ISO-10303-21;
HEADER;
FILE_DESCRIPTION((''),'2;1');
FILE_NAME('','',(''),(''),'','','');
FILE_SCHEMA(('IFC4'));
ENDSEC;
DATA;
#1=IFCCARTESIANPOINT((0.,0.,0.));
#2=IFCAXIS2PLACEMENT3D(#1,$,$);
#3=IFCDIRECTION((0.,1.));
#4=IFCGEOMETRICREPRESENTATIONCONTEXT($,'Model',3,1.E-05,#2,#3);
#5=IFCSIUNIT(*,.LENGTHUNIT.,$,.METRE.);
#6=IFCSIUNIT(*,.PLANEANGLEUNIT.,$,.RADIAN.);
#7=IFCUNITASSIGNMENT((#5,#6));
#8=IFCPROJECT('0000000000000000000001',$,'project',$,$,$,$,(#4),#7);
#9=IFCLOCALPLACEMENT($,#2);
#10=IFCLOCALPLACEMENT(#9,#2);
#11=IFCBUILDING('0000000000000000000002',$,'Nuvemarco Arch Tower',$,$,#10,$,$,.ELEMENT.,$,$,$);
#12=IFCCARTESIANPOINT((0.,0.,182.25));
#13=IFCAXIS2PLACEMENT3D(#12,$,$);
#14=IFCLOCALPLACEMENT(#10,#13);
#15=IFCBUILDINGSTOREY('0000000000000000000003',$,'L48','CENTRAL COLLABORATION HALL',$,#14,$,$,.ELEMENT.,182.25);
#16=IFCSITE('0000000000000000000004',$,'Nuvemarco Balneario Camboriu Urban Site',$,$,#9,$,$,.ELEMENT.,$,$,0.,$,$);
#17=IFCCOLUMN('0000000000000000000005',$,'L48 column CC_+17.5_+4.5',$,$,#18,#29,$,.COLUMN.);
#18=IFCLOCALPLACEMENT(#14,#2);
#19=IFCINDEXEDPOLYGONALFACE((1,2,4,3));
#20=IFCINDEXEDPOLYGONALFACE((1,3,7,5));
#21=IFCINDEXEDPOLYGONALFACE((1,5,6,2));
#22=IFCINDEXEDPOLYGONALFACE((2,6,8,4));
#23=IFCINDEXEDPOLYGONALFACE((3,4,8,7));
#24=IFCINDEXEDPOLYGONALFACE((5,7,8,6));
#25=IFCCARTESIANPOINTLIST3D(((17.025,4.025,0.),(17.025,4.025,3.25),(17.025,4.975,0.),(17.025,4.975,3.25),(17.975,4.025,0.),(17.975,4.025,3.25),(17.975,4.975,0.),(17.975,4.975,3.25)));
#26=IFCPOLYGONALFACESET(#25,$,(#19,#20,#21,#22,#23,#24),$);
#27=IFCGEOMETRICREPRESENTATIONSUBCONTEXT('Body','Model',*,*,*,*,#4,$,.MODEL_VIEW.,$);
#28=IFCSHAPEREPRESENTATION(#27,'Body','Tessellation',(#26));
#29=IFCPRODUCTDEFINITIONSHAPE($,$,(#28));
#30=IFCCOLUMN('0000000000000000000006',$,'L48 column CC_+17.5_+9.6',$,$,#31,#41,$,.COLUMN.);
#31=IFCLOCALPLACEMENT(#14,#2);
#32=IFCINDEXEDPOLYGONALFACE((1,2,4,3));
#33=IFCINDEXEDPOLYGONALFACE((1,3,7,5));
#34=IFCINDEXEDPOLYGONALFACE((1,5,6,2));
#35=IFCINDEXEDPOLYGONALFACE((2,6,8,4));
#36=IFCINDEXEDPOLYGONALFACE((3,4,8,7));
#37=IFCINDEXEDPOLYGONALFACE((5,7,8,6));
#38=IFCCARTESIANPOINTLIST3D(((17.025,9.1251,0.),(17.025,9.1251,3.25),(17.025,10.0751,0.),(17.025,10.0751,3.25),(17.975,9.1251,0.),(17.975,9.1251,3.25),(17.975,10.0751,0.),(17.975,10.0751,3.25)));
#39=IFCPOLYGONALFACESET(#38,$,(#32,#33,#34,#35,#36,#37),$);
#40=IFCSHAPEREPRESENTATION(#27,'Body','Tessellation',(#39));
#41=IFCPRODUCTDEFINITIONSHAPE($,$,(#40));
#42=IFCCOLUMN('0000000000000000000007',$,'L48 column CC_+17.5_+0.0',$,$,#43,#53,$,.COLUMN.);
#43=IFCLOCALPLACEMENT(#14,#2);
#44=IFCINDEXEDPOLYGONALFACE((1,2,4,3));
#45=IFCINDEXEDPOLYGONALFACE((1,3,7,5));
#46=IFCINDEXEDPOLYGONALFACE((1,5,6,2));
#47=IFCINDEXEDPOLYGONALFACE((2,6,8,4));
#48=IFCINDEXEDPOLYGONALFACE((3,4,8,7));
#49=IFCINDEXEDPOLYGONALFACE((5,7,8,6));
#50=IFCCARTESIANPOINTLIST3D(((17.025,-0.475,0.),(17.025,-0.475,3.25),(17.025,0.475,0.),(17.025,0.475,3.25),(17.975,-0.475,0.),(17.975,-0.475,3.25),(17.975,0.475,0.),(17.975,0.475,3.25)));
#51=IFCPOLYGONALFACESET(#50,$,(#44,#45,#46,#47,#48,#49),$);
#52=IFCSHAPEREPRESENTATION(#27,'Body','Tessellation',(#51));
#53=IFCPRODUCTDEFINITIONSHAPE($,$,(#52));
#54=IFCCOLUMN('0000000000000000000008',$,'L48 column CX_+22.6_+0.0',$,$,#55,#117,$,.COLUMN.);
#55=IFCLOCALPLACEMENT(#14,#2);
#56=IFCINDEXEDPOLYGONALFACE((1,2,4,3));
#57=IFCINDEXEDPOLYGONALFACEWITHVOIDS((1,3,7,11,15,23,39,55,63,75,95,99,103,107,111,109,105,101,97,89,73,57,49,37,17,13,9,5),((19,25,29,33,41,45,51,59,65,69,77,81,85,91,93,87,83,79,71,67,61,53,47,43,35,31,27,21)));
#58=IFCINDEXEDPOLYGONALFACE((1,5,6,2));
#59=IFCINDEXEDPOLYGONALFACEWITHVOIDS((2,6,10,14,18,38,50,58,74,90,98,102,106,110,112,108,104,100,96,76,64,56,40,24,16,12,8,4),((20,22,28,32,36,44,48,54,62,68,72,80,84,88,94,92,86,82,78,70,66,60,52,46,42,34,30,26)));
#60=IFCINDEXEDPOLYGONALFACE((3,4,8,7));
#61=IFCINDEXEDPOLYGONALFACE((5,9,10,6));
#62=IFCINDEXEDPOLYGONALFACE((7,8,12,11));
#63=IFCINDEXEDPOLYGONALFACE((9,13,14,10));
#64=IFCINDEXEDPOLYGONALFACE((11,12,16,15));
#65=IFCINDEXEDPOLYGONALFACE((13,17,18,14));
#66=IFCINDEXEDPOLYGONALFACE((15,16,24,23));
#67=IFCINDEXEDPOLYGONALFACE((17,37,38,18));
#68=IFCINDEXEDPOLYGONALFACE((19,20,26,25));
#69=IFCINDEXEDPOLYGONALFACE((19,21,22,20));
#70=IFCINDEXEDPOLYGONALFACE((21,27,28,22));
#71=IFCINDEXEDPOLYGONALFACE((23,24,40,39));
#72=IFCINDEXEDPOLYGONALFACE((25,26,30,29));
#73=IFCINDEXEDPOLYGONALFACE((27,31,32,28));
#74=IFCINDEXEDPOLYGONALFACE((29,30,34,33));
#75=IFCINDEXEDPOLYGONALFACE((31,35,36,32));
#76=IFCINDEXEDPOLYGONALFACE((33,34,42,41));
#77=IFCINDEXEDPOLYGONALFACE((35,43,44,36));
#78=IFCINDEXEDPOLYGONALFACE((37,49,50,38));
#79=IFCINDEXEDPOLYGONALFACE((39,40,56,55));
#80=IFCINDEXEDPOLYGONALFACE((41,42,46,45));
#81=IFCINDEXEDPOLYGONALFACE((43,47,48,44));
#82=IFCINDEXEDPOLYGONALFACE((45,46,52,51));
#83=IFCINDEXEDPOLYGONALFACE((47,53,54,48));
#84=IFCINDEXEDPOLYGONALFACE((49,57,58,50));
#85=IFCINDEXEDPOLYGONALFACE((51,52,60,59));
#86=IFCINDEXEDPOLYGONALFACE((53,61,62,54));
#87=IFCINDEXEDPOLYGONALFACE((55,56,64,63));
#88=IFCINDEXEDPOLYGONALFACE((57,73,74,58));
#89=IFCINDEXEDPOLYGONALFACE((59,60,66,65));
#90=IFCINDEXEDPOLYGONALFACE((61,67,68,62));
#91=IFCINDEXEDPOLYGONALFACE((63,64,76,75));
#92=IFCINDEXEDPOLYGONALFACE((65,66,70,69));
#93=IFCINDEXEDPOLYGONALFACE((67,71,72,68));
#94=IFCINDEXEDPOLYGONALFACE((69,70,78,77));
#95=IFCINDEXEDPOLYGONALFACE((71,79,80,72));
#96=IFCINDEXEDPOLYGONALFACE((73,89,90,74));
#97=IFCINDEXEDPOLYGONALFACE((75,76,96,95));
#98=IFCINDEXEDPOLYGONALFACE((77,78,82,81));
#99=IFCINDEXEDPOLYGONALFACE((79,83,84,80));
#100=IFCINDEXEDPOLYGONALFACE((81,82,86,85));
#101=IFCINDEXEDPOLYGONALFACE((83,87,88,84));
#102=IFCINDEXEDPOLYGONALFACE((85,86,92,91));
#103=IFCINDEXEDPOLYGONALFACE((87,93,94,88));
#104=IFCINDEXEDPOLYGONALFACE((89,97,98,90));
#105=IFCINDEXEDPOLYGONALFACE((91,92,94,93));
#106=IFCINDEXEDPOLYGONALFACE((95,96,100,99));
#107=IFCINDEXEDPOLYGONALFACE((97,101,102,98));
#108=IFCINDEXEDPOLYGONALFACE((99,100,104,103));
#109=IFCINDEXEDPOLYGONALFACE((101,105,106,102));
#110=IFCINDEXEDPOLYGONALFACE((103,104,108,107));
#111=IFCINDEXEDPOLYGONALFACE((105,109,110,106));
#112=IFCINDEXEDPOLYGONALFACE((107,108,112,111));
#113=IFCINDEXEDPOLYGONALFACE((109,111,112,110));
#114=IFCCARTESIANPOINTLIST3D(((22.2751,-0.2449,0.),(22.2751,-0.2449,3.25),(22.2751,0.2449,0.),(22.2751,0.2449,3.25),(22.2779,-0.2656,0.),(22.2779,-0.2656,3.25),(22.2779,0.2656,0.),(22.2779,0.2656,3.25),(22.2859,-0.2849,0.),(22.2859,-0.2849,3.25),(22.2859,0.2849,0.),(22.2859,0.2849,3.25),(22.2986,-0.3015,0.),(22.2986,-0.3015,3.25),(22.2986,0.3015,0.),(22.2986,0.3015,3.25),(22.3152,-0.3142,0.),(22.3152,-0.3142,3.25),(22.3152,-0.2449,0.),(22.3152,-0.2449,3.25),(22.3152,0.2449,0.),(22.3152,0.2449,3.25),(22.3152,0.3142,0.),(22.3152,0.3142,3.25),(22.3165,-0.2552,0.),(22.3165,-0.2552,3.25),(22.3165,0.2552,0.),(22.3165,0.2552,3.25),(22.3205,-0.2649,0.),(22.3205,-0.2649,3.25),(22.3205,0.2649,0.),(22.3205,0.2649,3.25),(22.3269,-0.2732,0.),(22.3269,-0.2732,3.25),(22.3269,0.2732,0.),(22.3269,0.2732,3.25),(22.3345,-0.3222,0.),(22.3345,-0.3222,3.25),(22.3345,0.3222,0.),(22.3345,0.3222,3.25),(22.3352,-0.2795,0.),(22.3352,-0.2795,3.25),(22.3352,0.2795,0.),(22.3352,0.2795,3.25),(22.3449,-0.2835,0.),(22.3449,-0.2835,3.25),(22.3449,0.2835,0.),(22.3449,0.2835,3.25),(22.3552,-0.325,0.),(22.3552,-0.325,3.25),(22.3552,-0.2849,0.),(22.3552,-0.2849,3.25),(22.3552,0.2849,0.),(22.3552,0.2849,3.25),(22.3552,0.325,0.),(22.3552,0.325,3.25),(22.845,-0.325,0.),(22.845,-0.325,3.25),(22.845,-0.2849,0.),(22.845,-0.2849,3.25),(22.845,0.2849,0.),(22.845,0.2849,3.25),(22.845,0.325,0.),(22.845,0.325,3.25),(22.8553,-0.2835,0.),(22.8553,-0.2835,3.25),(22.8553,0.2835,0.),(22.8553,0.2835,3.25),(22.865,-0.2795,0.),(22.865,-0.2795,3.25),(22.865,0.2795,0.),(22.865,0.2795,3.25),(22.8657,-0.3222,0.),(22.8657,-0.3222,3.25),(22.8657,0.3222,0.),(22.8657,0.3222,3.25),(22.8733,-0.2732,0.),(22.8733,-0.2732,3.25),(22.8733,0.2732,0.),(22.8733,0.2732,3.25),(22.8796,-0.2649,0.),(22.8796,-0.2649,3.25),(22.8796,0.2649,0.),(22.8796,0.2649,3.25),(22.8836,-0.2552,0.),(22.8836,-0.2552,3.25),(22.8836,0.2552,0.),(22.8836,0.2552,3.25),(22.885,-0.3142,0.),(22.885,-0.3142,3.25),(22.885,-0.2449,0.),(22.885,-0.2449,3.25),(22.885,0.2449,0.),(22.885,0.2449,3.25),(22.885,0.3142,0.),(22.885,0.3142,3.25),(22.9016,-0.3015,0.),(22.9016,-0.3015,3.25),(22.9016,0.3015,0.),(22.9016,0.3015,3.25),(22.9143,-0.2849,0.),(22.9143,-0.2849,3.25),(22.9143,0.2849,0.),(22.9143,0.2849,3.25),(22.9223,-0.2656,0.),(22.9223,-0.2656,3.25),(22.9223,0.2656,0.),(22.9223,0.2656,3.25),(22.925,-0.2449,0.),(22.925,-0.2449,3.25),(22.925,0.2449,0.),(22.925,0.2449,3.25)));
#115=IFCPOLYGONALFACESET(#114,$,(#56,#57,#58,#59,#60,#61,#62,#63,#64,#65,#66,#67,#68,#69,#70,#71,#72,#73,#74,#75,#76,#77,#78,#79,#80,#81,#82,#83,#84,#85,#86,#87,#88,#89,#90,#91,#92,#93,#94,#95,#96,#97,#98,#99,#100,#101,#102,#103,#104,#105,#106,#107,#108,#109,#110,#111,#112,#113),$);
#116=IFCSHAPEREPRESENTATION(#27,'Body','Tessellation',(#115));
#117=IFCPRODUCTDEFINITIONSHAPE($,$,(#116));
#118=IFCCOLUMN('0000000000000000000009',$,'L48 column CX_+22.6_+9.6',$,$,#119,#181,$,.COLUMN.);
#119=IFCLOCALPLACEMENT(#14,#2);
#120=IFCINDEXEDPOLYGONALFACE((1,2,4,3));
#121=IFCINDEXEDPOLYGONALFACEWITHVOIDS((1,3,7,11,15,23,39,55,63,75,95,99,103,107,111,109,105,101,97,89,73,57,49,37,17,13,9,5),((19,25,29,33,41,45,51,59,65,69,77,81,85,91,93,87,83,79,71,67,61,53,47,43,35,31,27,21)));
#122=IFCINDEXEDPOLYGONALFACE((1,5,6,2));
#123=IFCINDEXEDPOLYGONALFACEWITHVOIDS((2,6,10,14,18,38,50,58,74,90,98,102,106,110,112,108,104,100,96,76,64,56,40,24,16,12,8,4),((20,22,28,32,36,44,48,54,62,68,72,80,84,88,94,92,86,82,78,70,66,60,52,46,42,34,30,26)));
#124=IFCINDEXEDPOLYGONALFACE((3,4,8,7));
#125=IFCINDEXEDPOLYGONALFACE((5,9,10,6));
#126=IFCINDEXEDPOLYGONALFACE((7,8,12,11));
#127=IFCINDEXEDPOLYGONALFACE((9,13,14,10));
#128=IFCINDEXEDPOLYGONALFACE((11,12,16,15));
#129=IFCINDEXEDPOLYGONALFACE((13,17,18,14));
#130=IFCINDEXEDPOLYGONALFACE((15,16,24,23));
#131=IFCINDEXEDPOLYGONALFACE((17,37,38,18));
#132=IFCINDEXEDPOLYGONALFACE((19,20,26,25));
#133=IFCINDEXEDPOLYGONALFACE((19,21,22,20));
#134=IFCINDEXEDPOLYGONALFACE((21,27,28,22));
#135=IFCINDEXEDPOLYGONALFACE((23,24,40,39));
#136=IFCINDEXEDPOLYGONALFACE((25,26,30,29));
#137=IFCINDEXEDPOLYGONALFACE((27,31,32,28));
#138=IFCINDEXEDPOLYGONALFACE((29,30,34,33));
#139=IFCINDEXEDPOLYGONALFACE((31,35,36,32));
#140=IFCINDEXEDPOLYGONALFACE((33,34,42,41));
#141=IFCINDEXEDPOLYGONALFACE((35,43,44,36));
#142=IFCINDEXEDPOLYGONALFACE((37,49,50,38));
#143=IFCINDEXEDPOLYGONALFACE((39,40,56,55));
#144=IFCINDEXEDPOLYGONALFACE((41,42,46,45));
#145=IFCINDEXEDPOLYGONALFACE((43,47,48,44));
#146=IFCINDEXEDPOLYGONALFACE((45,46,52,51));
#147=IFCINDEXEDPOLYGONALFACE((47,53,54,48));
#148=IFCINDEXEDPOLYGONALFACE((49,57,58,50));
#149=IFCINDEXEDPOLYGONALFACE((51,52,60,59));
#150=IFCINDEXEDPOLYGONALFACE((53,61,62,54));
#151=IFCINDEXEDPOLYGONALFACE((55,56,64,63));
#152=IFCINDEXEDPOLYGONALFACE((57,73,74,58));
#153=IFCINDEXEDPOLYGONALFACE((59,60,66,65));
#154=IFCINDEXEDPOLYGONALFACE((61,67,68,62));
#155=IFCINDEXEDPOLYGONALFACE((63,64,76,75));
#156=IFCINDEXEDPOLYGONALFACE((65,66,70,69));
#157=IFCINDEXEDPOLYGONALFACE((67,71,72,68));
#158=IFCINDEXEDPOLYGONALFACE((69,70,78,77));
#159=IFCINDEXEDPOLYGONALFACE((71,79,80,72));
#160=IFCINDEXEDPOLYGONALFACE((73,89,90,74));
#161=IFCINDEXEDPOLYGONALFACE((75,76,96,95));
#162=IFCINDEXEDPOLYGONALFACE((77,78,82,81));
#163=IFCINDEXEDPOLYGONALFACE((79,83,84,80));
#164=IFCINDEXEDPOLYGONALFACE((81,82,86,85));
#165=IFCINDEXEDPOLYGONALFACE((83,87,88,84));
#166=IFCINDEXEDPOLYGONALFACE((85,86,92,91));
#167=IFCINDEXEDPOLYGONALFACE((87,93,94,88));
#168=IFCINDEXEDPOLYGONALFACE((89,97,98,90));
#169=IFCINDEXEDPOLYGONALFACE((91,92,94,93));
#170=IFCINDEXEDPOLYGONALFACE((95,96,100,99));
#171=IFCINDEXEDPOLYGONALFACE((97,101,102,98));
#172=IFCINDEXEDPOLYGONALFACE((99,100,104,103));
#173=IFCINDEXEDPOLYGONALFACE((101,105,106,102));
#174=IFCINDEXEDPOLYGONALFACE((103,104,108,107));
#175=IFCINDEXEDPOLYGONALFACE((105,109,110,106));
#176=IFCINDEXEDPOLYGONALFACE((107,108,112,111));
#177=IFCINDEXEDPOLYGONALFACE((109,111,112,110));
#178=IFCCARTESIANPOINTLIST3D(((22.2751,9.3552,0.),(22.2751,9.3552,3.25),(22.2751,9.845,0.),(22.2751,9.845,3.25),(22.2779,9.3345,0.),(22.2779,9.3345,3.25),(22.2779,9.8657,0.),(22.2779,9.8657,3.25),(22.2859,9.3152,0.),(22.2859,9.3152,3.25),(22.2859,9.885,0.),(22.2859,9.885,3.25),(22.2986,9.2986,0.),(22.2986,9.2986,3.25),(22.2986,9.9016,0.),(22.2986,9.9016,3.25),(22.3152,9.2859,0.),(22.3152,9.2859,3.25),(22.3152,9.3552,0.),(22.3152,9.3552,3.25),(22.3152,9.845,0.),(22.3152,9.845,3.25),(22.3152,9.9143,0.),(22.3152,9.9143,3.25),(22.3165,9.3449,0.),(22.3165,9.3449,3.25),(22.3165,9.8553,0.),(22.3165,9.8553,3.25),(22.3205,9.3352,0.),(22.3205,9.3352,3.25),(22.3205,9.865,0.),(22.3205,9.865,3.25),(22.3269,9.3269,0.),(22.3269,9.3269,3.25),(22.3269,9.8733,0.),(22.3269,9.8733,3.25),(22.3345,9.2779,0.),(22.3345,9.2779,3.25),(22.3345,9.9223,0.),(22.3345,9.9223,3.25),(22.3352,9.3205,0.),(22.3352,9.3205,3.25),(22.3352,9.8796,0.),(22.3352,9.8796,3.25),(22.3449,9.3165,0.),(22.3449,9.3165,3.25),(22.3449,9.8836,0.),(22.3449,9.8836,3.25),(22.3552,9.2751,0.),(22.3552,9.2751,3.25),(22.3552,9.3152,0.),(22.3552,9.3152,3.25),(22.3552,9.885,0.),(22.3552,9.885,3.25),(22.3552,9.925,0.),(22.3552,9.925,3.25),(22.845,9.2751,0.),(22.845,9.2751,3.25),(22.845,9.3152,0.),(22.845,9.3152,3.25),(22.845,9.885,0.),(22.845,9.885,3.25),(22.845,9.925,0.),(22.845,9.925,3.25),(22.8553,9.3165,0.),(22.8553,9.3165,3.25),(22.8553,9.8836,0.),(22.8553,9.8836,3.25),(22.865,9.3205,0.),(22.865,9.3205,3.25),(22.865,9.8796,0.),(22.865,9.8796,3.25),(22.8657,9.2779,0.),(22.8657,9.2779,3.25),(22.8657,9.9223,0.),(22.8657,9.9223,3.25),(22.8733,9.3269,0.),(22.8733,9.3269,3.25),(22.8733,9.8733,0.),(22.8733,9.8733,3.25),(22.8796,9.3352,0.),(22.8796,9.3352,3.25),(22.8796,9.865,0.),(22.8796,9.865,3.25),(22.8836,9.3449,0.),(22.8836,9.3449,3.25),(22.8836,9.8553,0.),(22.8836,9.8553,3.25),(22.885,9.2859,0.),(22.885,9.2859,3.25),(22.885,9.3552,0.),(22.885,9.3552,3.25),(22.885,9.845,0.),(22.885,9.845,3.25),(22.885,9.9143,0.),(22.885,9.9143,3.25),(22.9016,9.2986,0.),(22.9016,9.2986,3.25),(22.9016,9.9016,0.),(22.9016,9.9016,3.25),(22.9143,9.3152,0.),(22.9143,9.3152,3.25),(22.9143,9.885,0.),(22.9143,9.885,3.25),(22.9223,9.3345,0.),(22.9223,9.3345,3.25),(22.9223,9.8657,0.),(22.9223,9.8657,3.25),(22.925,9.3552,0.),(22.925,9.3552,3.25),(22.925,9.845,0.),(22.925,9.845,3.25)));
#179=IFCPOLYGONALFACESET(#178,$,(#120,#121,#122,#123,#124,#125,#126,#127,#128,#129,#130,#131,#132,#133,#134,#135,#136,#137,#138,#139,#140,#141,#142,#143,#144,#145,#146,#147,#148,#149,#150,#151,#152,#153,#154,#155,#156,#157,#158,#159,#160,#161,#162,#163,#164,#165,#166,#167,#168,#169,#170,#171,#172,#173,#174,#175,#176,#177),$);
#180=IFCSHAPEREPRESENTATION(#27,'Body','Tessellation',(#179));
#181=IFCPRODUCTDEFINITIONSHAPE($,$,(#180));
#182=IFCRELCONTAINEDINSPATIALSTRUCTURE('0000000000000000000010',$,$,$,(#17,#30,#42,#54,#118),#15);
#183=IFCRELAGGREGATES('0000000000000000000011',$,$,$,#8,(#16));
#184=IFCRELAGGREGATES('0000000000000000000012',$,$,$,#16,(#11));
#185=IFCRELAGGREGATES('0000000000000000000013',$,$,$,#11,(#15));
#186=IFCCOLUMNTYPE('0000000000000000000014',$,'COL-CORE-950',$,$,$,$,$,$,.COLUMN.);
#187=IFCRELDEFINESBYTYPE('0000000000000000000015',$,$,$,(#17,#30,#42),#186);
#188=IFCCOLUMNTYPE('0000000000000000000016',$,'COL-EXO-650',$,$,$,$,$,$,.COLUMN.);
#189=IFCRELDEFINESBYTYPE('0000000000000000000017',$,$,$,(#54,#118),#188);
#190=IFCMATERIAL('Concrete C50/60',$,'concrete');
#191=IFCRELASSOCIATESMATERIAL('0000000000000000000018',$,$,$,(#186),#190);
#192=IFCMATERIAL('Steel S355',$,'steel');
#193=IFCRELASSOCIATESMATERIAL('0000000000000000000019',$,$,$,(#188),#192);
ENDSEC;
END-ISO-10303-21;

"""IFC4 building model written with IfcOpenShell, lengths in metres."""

from ifc_helpers import new_model, si_unit, direction, frame, origin, origin_2d, place, context, subcontext, project, spatial, rectangle, hollow_rectangle, extrude, material, material_profile, profile_set, type_object, element, save


model = new_model("IFC4")

# Units and contexts
model_context = context("Model", 3, precision=1e-05, world=origin(), true_north=direction((0.0, 1.0)))
body_context = subcontext(model_context, "Body", "Model", "MODEL_VIEW")
ifc_project = project(units=[si_unit("LENGTHUNIT", "METRE"), si_unit("PLANEANGLEUNIT", "RADIAN")], contexts=[model_context])

# Site, building, storey
site_placement = place(None, origin())
site = spatial("IfcSite", under=ifc_project, at=site_placement, Name="Nuvemarco Balneario Camboriu Urban Site", CompositionType="ELEMENT", RefElevation=0.0)
building_placement = place(site_placement, origin())
building = spatial("IfcBuilding", under=site, at=building_placement, Name="Nuvemarco Arch Tower", CompositionType="ELEMENT")
storey_placement = place(building_placement, frame((0.0, 0.0, 182.25)))
storey = spatial("IfcBuildingStorey", under=building, at=storey_placement, Name="L48", Description="CENTRAL COLLABORATION HALL", CompositionType="ELEMENT", Elevation=182.25)

# Columns
ifc_material_1 = material(Name="Concrete C50/60", Category="concrete")
ifc_material_profile_1 = material_profile(ifc_material_1, rectangle(XDim=0.95, YDim=0.95, at=origin_2d()), Name="RC-COL-950x950")
ifc_profile_set_1 = profile_set([ifc_material_profile_1], Name="Concrete C50/60")
column_type_1 = type_object("IfcColumnType", Name="COL-CORE-950", PredefinedType="COLUMN", material=ifc_profile_set_1)
for number, where, z_axis, x_axis, name in (
    (1, (17.5, 4.5, 0.0), (0.0, 0.0, 1.0), (1.0, 0.0, 0.0), "L48 column CC_+17.5_+4.5"),
    (2, (17.5, 9.6001, 0.0), (0.0, 0.0, 1.0), (1.0, 0.0, 0.0), "L48 column CC_+17.5_+9.6"),
    (3, (17.5, 0.0, 0.0), (0.0, 0.0, 1.0), (1.0, 0.0, 0.0), "L48 column CC_+17.5_+0.0"),
):
    element("IfcColumn", number, at=place(storey_placement, frame(where, z_axis=z_axis, x_axis=x_axis)), inside=storey, type_object=column_type_1, Name=name, PredefinedType="COLUMN", context=body_context, shape_type="SweptSolid", body=[
        extrude(rectangle(XDim=0.95, YDim=0.95, at=origin_2d()), origin(), (0.0, 0.0, 1.0), 3.25),
    ])
ifc_material_2 = material(Name="Steel S355", Category="steel")
ifc_material_profile_2 = material_profile(ifc_material_2, hollow_rectangle(XDim=0.6499, YDim=0.6499, WallThickness=0.04, InnerFilletRadius=0.04, OuterFilletRadius=0.0801, at=origin_2d()), Name="SHS650x650x40")
ifc_profile_set_2 = profile_set([ifc_material_profile_2], Name="Steel S355")
column_type_2 = type_object("IfcColumnType", Name="COL-EXO-650", PredefinedType="COLUMN", material=ifc_profile_set_2)
for number, where, z_axis, x_axis, name in (
    (4, (22.6001, 0.0, 0.0), (0.0, 0.0, 1.0), (1.0, 0.0, 0.0), "L48 column CX_+22.6_+0.0"),
    (5, (22.6001, 9.6001, 0.0), (0.0, 0.0, 1.0), (1.0, 0.0, 0.0), "L48 column CX_+22.6_+9.6"),
):
    element("IfcColumn", number, at=place(storey_placement, frame(where, z_axis=z_axis, x_axis=x_axis)), inside=storey, type_object=column_type_2, Name=name, PredefinedType="COLUMN", context=body_context, shape_type="SweptSolid", body=[
        extrude(hollow_rectangle(XDim=0.6499, YDim=0.6499, WallThickness=0.04, InnerFilletRadius=0.04, OuterFilletRadius=0.0801, at=origin_2d()), origin(), (0.0, 0.0, 1.0), 3.25),
    ])

save(model, "model.ifc")
